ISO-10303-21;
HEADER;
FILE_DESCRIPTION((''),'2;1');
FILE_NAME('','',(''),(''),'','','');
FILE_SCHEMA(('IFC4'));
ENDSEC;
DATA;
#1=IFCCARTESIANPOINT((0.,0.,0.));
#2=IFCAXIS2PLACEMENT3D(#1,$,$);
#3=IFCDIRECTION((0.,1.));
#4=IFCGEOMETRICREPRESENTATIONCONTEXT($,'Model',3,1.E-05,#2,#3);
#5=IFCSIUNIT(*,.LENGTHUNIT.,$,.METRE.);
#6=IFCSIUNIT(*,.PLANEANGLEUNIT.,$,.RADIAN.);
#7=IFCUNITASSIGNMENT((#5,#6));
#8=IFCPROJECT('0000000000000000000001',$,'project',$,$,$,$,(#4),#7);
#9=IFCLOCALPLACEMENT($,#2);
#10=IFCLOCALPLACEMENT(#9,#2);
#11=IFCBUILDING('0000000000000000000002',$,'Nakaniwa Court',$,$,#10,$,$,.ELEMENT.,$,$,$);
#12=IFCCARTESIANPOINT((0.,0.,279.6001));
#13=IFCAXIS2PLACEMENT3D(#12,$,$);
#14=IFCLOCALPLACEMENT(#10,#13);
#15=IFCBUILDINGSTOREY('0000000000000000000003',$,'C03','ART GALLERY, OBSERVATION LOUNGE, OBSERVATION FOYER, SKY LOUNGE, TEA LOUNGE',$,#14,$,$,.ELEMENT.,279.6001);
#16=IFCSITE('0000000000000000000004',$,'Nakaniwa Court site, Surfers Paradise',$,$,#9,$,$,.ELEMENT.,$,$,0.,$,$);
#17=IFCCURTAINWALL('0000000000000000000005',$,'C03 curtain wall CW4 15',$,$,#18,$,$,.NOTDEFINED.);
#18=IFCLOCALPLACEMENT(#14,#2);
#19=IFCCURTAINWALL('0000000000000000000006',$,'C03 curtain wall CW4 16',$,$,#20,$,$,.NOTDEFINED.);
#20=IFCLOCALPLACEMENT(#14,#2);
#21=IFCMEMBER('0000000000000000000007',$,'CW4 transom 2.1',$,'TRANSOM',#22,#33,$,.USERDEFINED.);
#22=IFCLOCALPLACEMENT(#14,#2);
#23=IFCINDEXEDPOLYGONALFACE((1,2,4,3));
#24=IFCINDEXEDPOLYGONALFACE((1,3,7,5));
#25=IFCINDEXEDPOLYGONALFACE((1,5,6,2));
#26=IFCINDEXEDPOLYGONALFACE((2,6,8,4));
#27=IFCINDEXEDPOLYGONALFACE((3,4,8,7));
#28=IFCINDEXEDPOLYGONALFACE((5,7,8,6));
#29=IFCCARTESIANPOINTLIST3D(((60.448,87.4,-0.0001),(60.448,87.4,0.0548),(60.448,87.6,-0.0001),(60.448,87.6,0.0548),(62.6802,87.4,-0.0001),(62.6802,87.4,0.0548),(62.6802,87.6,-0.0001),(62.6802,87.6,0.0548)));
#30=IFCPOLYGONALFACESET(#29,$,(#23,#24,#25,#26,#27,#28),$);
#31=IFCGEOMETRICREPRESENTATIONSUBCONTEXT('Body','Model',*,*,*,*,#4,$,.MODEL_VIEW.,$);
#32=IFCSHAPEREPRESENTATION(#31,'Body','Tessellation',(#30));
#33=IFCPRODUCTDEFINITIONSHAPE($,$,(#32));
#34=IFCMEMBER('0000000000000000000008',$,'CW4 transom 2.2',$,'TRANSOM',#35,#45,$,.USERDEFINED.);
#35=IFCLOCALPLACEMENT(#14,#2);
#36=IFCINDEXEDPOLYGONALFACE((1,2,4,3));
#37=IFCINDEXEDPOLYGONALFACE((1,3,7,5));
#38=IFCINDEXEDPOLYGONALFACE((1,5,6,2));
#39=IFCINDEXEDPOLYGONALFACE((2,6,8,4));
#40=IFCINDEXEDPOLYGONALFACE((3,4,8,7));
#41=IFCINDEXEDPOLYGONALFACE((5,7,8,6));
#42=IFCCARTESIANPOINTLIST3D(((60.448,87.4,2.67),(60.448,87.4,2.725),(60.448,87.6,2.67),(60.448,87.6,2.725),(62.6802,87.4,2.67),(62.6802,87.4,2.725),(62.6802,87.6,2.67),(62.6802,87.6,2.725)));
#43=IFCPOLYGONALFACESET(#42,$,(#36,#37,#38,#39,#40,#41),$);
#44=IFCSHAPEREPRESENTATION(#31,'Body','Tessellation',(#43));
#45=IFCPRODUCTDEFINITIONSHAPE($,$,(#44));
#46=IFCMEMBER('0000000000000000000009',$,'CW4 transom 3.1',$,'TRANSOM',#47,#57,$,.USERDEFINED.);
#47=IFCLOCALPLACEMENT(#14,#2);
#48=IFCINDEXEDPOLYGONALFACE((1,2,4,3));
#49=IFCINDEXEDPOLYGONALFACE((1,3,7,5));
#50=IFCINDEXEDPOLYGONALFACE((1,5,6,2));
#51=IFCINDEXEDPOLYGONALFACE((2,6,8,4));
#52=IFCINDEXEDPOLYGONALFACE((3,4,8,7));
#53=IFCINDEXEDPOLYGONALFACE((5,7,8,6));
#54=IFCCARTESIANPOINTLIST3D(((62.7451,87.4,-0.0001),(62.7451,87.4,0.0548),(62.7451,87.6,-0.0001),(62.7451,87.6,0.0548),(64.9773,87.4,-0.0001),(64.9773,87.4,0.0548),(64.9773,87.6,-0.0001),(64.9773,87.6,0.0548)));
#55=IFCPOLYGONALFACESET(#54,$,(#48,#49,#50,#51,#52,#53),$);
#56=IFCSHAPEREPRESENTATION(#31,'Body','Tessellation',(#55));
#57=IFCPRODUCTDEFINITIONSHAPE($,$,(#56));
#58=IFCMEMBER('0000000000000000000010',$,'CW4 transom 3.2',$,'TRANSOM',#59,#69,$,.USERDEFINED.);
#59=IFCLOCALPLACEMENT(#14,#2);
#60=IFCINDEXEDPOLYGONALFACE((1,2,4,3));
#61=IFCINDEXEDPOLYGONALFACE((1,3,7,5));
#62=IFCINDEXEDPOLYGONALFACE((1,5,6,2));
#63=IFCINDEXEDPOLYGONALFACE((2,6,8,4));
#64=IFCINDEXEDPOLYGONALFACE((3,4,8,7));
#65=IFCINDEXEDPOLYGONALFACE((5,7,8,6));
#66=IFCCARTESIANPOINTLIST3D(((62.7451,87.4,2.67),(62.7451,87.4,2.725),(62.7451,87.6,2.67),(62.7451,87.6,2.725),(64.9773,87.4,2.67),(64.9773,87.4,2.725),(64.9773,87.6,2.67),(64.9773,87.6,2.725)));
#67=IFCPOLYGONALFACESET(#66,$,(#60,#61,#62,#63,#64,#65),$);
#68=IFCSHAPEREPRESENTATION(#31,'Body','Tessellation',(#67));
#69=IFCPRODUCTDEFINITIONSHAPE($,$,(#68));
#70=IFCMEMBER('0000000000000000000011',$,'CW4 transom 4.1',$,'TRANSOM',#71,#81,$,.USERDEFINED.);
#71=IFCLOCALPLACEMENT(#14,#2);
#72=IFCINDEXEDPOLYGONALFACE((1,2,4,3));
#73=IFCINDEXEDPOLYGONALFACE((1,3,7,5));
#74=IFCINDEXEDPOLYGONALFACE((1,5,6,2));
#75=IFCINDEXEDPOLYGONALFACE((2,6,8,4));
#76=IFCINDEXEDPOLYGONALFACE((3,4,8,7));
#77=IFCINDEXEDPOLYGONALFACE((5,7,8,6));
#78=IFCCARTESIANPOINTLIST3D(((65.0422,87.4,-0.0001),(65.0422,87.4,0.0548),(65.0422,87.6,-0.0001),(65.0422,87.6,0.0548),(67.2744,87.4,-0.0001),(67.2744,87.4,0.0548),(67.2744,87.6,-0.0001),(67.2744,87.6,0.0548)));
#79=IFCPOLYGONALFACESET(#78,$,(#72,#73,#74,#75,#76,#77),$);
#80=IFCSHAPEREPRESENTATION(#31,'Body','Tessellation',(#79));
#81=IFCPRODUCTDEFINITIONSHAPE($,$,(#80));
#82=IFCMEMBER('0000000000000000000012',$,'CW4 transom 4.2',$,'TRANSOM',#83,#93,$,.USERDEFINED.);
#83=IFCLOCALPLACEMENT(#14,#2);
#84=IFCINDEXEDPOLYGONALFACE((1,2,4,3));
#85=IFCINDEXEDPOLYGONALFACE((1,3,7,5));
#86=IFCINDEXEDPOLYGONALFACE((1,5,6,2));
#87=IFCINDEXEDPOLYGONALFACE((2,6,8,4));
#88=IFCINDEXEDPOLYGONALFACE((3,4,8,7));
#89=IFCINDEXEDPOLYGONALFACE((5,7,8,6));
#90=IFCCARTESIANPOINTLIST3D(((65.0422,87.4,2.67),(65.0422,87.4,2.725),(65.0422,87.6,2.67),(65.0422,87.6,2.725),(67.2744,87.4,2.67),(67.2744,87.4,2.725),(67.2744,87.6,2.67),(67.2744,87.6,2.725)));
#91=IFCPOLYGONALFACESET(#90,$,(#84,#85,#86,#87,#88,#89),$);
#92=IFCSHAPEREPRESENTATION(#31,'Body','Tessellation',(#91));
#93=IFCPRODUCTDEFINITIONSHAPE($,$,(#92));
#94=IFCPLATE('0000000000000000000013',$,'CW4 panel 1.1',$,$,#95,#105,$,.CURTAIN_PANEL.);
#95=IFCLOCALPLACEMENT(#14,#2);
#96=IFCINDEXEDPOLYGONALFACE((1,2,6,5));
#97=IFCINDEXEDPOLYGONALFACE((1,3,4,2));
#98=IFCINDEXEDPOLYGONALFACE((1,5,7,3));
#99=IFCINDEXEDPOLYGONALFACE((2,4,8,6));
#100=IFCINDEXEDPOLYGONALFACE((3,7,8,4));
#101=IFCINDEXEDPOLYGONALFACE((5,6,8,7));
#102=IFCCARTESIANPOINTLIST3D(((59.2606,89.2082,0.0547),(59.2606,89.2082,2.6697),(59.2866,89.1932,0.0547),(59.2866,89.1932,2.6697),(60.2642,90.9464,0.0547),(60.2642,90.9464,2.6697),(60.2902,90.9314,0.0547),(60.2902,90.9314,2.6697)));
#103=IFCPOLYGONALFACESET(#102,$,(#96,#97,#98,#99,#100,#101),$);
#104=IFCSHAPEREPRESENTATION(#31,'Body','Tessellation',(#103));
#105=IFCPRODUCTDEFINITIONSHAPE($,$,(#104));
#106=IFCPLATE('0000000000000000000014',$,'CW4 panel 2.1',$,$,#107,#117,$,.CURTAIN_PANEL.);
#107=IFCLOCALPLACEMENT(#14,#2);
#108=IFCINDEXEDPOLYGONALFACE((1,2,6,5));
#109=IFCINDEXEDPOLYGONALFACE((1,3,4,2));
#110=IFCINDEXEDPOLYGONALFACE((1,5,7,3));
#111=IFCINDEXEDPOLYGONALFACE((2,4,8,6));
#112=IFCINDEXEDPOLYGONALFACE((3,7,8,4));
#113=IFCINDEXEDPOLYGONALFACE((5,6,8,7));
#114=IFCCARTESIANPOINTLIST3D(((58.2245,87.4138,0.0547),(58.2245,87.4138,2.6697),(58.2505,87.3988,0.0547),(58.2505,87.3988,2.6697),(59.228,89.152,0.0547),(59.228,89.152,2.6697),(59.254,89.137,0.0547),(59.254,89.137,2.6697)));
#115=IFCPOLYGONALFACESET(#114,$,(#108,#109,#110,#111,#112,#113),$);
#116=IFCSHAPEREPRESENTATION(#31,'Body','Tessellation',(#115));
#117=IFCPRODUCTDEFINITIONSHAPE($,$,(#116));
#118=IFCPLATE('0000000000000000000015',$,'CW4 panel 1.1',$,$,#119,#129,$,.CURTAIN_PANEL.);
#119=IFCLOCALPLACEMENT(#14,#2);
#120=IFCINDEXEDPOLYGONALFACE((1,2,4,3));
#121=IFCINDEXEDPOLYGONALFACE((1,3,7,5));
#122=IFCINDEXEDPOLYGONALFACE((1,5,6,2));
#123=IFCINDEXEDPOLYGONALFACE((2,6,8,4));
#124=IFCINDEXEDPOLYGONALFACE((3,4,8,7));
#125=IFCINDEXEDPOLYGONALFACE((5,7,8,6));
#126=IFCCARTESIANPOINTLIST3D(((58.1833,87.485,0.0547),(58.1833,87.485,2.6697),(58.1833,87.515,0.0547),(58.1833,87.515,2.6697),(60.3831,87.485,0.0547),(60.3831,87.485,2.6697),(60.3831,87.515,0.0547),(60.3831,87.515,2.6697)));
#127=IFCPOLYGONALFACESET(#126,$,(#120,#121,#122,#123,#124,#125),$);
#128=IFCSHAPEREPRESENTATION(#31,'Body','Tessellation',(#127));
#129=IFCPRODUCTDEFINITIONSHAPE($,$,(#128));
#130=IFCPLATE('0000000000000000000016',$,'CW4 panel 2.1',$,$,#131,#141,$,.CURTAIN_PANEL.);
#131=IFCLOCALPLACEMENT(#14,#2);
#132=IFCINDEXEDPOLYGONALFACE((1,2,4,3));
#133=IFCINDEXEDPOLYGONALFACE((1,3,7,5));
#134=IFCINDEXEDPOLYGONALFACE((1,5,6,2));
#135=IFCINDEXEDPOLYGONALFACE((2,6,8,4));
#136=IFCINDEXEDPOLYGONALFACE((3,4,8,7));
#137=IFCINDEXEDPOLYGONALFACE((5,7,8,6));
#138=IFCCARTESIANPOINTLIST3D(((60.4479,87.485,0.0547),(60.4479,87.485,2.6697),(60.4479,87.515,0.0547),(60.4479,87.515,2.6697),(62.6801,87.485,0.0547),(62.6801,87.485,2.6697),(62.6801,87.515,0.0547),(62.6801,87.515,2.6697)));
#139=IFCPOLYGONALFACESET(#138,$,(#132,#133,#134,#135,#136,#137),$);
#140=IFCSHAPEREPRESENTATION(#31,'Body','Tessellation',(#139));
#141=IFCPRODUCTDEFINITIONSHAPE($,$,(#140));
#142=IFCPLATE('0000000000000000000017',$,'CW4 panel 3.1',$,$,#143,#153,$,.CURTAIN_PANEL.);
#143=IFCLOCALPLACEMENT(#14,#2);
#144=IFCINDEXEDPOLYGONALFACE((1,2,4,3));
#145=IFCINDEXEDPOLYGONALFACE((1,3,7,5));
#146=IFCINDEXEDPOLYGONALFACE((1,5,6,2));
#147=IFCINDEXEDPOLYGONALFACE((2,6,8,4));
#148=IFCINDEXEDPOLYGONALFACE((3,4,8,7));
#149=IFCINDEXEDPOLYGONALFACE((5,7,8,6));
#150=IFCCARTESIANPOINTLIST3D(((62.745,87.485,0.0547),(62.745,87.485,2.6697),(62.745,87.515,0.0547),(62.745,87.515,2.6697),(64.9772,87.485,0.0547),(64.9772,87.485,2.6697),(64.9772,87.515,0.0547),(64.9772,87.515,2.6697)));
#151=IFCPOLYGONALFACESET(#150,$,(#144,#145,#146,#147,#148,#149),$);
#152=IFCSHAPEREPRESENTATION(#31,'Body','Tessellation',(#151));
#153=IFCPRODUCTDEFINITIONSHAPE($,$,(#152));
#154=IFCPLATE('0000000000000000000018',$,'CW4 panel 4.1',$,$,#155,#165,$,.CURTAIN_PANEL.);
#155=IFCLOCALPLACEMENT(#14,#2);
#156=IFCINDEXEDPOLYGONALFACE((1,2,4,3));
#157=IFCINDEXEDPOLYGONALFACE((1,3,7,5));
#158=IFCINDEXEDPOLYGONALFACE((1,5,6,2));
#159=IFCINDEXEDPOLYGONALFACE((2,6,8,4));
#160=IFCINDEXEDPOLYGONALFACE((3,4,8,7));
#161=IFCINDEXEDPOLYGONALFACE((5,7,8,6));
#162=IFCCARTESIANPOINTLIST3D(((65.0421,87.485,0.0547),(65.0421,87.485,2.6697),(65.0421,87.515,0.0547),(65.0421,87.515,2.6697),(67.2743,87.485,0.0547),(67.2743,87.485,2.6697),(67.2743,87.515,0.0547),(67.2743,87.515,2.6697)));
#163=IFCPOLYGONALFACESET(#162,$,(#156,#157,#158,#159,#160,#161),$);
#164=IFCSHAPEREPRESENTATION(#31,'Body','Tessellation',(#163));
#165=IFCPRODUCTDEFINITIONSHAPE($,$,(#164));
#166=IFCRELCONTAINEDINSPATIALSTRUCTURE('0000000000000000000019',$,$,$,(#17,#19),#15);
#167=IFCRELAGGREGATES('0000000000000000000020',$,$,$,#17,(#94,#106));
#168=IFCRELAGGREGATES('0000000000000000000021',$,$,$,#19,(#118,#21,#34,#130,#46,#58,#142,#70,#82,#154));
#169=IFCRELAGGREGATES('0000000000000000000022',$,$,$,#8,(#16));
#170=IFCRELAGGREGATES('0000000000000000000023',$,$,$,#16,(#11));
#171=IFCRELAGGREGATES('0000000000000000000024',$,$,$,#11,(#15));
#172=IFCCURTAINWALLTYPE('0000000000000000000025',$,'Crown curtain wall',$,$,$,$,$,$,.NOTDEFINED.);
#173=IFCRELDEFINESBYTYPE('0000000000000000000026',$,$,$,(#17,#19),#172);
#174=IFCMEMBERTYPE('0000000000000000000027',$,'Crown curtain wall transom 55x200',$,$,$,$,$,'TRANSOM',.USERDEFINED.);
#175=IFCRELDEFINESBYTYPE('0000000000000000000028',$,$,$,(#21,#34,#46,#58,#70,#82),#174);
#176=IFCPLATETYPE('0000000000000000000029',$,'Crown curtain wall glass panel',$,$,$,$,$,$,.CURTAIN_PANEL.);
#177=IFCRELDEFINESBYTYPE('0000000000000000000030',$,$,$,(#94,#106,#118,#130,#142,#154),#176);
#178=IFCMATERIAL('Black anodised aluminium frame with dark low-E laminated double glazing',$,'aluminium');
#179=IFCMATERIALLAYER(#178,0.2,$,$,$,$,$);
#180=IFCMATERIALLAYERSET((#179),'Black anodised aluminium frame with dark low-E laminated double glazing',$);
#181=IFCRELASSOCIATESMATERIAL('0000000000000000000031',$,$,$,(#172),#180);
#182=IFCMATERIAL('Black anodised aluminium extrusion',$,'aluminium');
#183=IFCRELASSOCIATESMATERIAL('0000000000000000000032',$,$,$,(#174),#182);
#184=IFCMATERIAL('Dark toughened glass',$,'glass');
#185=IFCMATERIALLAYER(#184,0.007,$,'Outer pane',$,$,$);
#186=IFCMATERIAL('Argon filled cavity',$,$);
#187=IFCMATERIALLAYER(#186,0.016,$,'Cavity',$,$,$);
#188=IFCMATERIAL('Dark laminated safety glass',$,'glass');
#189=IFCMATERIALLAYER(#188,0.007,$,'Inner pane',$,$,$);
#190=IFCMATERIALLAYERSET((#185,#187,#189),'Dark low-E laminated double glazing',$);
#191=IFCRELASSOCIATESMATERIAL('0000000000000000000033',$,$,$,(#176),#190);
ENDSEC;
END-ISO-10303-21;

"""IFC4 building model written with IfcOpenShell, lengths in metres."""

from ifc_helpers import new_model, si_unit, direction, frame, origin, origin_2d, place, context, subcontext, project, spatial, rectangle, extrude, material, layer, layer_set, material_profile, profile_set, type_object, element, aggregate, save


model = new_model("IFC4")

# Units and contexts
model_context = context("Model", 3, precision=1e-05, world=origin(), true_north=direction((0.0, 1.0)))
body_context = subcontext(model_context, "Body", "Model", "MODEL_VIEW")
ifc_project = project(units=[si_unit("LENGTHUNIT", "METRE"), si_unit("PLANEANGLEUNIT", "RADIAN")], contexts=[model_context])

# Site, building, storey
site_placement = place(None, origin())
site = spatial("IfcSite", under=ifc_project, at=site_placement, Name="Nakaniwa Court site, Surfers Paradise", CompositionType="ELEMENT", RefElevation=0.0)
building_placement = place(site_placement, origin())
building = spatial("IfcBuilding", under=site, at=building_placement, Name="Nakaniwa Court", CompositionType="ELEMENT")
storey_placement = place(building_placement, frame((0.0, 0.0, 279.6001)))
storey = spatial("IfcBuildingStorey", under=building, at=storey_placement, Name="C03", Description="ART GALLERY, OBSERVATION LOUNGE, OBSERVATION FOYER, SKY LOUNGE, TEA LOUNGE", CompositionType="ELEMENT", Elevation=279.6001)

# Curtain walls
ifc_material_1 = material(Name="Black anodised aluminium frame with dark low-E laminated double glazing", Category="aluminium")
ifc_layer_1 = layer(ifc_material_1, 0.2)
ifc_layer_set_1 = layer_set([ifc_layer_1], Name="Black anodised aluminium frame with dark low-E laminated double glazing")
curtain_wall_type = type_object("IfcCurtainWallType", Name="Crown curtain wall", PredefinedType="NOTDEFINED", material=ifc_layer_set_1)
curtain_wall_1_placement = place(storey_placement, origin())
curtain_wall_1 = element("IfcCurtainWall", 1, at=curtain_wall_1_placement, inside=storey, type_object=curtain_wall_type, Name="C03 curtain wall CW4 15", PredefinedType="NOTDEFINED")
ifc_material_2 = material(Name="Black anodised aluminium extrusion", Category="aluminium")
curtain_wall_2_placement = place(storey_placement, origin())
curtain_wall_2 = element("IfcCurtainWall", 2, at=curtain_wall_2_placement, inside=storey, type_object=curtain_wall_type, Name="C03 curtain wall CW4 16", PredefinedType="NOTDEFINED")

# Members
ifc_material_profile_1 = material_profile(ifc_material_2, rectangle(XDim=0.2, YDim=0.0549, at=origin_2d()), Name="Crown curtain wall transom 55x200")
ifc_profile_set_1 = profile_set([ifc_material_profile_1], Name="Black anodised aluminium extrusion")
member_type_1 = type_object("IfcMemberType", Name="Crown curtain wall transom 55x200", ElementType="TRANSOM", PredefinedType="USERDEFINED", material=ifc_profile_set_1)
member_1_placement = place(storey_placement, frame((60.448, 87.5, 0.0273), z_axis=(1.0, 0.0, 0.0), x_axis=(0.0, 1.0, 0.0)))
member_1 = element("IfcMember", 3, at=member_1_placement, type_object=member_type_1, Name="CW4 transom 2.1", ObjectType="TRANSOM", PredefinedType="USERDEFINED", context=body_context, shape_type="SweptSolid", body=[
    extrude(rectangle(XDim=0.2, YDim=0.0549, at=origin_2d()), origin(), (0.0, 0.0, 1.0), 2.2322),
])
member_2_placement = place(storey_placement, frame((60.448, 87.5, 2.6975), z_axis=(1.0, 0.0, 0.0), x_axis=(0.0, 1.0, 0.0)))
member_2 = element("IfcMember", 4, at=member_2_placement, type_object=member_type_1, Name="CW4 transom 2.2", ObjectType="TRANSOM", PredefinedType="USERDEFINED", context=body_context, shape_type="SweptSolid", body=[
    extrude(rectangle(XDim=0.2, YDim=0.0549, at=origin_2d()), origin(), (0.0, 0.0, 1.0), 2.2322),
])
member_3_placement = place(storey_placement, frame((62.7451, 87.5, 0.0273), z_axis=(1.0, 0.0, 0.0), x_axis=(0.0, 1.0, 0.0)))
member_3 = element("IfcMember", 5, at=member_3_placement, type_object=member_type_1, Name="CW4 transom 3.1", ObjectType="TRANSOM", PredefinedType="USERDEFINED", context=body_context, shape_type="SweptSolid", body=[
    extrude(rectangle(XDim=0.2, YDim=0.0549, at=origin_2d()), origin(), (0.0, 0.0, 1.0), 2.2322),
])
member_4_placement = place(storey_placement, frame((62.7451, 87.5, 2.6975), z_axis=(1.0, 0.0, 0.0), x_axis=(0.0, 1.0, 0.0)))
member_4 = element("IfcMember", 6, at=member_4_placement, type_object=member_type_1, Name="CW4 transom 3.2", ObjectType="TRANSOM", PredefinedType="USERDEFINED", context=body_context, shape_type="SweptSolid", body=[
    extrude(rectangle(XDim=0.2, YDim=0.0549, at=origin_2d()), origin(), (0.0, 0.0, 1.0), 2.2322),
])
member_5_placement = place(storey_placement, frame((65.0422, 87.5, 0.0273), z_axis=(1.0, 0.0, 0.0), x_axis=(0.0, 1.0, 0.0)))
member_5 = element("IfcMember", 7, at=member_5_placement, type_object=member_type_1, Name="CW4 transom 4.1", ObjectType="TRANSOM", PredefinedType="USERDEFINED", context=body_context, shape_type="SweptSolid", body=[
    extrude(rectangle(XDim=0.2, YDim=0.0549, at=origin_2d()), origin(), (0.0, 0.0, 1.0), 2.2322),
])
member_6_placement = place(storey_placement, frame((65.0422, 87.5, 2.6975), z_axis=(1.0, 0.0, 0.0), x_axis=(0.0, 1.0, 0.0)))
member_6 = element("IfcMember", 8, at=member_6_placement, type_object=member_type_1, Name="CW4 transom 4.2", ObjectType="TRANSOM", PredefinedType="USERDEFINED", context=body_context, shape_type="SweptSolid", body=[
    extrude(rectangle(XDim=0.2, YDim=0.0549, at=origin_2d()), origin(), (0.0, 0.0, 1.0), 2.2322),
])

# Plates
ifc_material_3 = material(Name="Dark toughened glass", Category="glass")
ifc_layer_2 = layer(ifc_material_3, 0.007, Name="Outer pane")
ifc_material_4 = material(Name="Argon filled cavity")
ifc_layer_3 = layer(ifc_material_4, 0.016, Name="Cavity")
ifc_material_5 = material(Name="Dark laminated safety glass", Category="glass")
ifc_layer_4 = layer(ifc_material_5, 0.007, Name="Inner pane")
ifc_layer_set_2 = layer_set([ifc_layer_2, ifc_layer_3, ifc_layer_4], Name="Dark low-E laminated double glazing")
plate_type = type_object("IfcPlateType", Name="Crown curtain wall glass panel", PredefinedType="CURTAIN_PANEL", material=ifc_layer_set_2)
plate_1_placement = place(storey_placement, frame((59.7754, 90.0698, 0.0547), z_axis=(0.0, 0.0, 1.0), x_axis=(-0.500008, -0.866021, 0.0)))
plate_1 = element("IfcPlate", 9, at=plate_1_placement, type_object=plate_type, Name="CW4 panel 1.1", PredefinedType="CURTAIN_PANEL", context=body_context, shape_type="SweptSolid", body=[
    extrude(rectangle(XDim=2.0071, YDim=0.03, at=origin_2d()), origin(), (0.0, 0.0, 1.0), 2.615),
])
plate_2_placement = place(storey_placement, frame((58.7393, 88.2754, 0.0547), z_axis=(0.0, 0.0, 1.0), x_axis=(-0.500008, -0.866021, 0.0)))
plate_2 = element("IfcPlate", 10, at=plate_2_placement, type_object=plate_type, Name="CW4 panel 2.1", PredefinedType="CURTAIN_PANEL", context=body_context, shape_type="SweptSolid", body=[
    extrude(rectangle(XDim=2.0071, YDim=0.03, at=origin_2d()), origin(), (0.0, 0.0, 1.0), 2.615),
])
aggregate(curtain_wall_1, [plate_1, plate_2])
plate_3_placement = place(storey_placement, frame((59.2832, 87.5, 0.0547), z_axis=(0.0, 0.0, 1.0), x_axis=(1.0, 0.0, 0.0)))
plate_3 = element("IfcPlate", 11, at=plate_3_placement, type_object=plate_type, Name="CW4 panel 1.1", PredefinedType="CURTAIN_PANEL", context=body_context, shape_type="SweptSolid", body=[
    extrude(rectangle(XDim=2.1997, YDim=0.03, at=origin_2d()), origin(), (0.0, 0.0, 1.0), 2.615),
])
plate_4_placement = place(storey_placement, frame((61.564, 87.5, 0.0547), z_axis=(0.0, 0.0, 1.0), x_axis=(1.0, 0.0, 0.0)))
plate_4 = element("IfcPlate", 12, at=plate_4_placement, type_object=plate_type, Name="CW4 panel 2.1", PredefinedType="CURTAIN_PANEL", context=body_context, shape_type="SweptSolid", body=[
    extrude(rectangle(XDim=2.2322, YDim=0.03, at=origin_2d()), origin(), (0.0, 0.0, 1.0), 2.615),
])
plate_5_placement = place(storey_placement, frame((63.8611, 87.5, 0.0547), z_axis=(0.0, 0.0, 1.0), x_axis=(1.0, 0.0, 0.0)))
plate_5 = element("IfcPlate", 13, at=plate_5_placement, type_object=plate_type, Name="CW4 panel 3.1", PredefinedType="CURTAIN_PANEL", context=body_context, shape_type="SweptSolid", body=[
    extrude(rectangle(XDim=2.2322, YDim=0.03, at=origin_2d()), origin(), (0.0, 0.0, 1.0), 2.615),
])
plate_6_placement = place(storey_placement, frame((66.1582, 87.5, 0.0547), z_axis=(0.0, 0.0, 1.0), x_axis=(1.0, 0.0, 0.0)))
plate_6 = element("IfcPlate", 14, at=plate_6_placement, type_object=plate_type, Name="CW4 panel 4.1", PredefinedType="CURTAIN_PANEL", context=body_context, shape_type="SweptSolid", body=[
    extrude(rectangle(XDim=2.2322, YDim=0.03, at=origin_2d()), origin(), (0.0, 0.0, 1.0), 2.615),
])
aggregate(curtain_wall_2, [plate_3, member_1, member_2, plate_4, member_3, member_4, plate_5, member_5, member_6, plate_6])

save(model, "model.ifc")
